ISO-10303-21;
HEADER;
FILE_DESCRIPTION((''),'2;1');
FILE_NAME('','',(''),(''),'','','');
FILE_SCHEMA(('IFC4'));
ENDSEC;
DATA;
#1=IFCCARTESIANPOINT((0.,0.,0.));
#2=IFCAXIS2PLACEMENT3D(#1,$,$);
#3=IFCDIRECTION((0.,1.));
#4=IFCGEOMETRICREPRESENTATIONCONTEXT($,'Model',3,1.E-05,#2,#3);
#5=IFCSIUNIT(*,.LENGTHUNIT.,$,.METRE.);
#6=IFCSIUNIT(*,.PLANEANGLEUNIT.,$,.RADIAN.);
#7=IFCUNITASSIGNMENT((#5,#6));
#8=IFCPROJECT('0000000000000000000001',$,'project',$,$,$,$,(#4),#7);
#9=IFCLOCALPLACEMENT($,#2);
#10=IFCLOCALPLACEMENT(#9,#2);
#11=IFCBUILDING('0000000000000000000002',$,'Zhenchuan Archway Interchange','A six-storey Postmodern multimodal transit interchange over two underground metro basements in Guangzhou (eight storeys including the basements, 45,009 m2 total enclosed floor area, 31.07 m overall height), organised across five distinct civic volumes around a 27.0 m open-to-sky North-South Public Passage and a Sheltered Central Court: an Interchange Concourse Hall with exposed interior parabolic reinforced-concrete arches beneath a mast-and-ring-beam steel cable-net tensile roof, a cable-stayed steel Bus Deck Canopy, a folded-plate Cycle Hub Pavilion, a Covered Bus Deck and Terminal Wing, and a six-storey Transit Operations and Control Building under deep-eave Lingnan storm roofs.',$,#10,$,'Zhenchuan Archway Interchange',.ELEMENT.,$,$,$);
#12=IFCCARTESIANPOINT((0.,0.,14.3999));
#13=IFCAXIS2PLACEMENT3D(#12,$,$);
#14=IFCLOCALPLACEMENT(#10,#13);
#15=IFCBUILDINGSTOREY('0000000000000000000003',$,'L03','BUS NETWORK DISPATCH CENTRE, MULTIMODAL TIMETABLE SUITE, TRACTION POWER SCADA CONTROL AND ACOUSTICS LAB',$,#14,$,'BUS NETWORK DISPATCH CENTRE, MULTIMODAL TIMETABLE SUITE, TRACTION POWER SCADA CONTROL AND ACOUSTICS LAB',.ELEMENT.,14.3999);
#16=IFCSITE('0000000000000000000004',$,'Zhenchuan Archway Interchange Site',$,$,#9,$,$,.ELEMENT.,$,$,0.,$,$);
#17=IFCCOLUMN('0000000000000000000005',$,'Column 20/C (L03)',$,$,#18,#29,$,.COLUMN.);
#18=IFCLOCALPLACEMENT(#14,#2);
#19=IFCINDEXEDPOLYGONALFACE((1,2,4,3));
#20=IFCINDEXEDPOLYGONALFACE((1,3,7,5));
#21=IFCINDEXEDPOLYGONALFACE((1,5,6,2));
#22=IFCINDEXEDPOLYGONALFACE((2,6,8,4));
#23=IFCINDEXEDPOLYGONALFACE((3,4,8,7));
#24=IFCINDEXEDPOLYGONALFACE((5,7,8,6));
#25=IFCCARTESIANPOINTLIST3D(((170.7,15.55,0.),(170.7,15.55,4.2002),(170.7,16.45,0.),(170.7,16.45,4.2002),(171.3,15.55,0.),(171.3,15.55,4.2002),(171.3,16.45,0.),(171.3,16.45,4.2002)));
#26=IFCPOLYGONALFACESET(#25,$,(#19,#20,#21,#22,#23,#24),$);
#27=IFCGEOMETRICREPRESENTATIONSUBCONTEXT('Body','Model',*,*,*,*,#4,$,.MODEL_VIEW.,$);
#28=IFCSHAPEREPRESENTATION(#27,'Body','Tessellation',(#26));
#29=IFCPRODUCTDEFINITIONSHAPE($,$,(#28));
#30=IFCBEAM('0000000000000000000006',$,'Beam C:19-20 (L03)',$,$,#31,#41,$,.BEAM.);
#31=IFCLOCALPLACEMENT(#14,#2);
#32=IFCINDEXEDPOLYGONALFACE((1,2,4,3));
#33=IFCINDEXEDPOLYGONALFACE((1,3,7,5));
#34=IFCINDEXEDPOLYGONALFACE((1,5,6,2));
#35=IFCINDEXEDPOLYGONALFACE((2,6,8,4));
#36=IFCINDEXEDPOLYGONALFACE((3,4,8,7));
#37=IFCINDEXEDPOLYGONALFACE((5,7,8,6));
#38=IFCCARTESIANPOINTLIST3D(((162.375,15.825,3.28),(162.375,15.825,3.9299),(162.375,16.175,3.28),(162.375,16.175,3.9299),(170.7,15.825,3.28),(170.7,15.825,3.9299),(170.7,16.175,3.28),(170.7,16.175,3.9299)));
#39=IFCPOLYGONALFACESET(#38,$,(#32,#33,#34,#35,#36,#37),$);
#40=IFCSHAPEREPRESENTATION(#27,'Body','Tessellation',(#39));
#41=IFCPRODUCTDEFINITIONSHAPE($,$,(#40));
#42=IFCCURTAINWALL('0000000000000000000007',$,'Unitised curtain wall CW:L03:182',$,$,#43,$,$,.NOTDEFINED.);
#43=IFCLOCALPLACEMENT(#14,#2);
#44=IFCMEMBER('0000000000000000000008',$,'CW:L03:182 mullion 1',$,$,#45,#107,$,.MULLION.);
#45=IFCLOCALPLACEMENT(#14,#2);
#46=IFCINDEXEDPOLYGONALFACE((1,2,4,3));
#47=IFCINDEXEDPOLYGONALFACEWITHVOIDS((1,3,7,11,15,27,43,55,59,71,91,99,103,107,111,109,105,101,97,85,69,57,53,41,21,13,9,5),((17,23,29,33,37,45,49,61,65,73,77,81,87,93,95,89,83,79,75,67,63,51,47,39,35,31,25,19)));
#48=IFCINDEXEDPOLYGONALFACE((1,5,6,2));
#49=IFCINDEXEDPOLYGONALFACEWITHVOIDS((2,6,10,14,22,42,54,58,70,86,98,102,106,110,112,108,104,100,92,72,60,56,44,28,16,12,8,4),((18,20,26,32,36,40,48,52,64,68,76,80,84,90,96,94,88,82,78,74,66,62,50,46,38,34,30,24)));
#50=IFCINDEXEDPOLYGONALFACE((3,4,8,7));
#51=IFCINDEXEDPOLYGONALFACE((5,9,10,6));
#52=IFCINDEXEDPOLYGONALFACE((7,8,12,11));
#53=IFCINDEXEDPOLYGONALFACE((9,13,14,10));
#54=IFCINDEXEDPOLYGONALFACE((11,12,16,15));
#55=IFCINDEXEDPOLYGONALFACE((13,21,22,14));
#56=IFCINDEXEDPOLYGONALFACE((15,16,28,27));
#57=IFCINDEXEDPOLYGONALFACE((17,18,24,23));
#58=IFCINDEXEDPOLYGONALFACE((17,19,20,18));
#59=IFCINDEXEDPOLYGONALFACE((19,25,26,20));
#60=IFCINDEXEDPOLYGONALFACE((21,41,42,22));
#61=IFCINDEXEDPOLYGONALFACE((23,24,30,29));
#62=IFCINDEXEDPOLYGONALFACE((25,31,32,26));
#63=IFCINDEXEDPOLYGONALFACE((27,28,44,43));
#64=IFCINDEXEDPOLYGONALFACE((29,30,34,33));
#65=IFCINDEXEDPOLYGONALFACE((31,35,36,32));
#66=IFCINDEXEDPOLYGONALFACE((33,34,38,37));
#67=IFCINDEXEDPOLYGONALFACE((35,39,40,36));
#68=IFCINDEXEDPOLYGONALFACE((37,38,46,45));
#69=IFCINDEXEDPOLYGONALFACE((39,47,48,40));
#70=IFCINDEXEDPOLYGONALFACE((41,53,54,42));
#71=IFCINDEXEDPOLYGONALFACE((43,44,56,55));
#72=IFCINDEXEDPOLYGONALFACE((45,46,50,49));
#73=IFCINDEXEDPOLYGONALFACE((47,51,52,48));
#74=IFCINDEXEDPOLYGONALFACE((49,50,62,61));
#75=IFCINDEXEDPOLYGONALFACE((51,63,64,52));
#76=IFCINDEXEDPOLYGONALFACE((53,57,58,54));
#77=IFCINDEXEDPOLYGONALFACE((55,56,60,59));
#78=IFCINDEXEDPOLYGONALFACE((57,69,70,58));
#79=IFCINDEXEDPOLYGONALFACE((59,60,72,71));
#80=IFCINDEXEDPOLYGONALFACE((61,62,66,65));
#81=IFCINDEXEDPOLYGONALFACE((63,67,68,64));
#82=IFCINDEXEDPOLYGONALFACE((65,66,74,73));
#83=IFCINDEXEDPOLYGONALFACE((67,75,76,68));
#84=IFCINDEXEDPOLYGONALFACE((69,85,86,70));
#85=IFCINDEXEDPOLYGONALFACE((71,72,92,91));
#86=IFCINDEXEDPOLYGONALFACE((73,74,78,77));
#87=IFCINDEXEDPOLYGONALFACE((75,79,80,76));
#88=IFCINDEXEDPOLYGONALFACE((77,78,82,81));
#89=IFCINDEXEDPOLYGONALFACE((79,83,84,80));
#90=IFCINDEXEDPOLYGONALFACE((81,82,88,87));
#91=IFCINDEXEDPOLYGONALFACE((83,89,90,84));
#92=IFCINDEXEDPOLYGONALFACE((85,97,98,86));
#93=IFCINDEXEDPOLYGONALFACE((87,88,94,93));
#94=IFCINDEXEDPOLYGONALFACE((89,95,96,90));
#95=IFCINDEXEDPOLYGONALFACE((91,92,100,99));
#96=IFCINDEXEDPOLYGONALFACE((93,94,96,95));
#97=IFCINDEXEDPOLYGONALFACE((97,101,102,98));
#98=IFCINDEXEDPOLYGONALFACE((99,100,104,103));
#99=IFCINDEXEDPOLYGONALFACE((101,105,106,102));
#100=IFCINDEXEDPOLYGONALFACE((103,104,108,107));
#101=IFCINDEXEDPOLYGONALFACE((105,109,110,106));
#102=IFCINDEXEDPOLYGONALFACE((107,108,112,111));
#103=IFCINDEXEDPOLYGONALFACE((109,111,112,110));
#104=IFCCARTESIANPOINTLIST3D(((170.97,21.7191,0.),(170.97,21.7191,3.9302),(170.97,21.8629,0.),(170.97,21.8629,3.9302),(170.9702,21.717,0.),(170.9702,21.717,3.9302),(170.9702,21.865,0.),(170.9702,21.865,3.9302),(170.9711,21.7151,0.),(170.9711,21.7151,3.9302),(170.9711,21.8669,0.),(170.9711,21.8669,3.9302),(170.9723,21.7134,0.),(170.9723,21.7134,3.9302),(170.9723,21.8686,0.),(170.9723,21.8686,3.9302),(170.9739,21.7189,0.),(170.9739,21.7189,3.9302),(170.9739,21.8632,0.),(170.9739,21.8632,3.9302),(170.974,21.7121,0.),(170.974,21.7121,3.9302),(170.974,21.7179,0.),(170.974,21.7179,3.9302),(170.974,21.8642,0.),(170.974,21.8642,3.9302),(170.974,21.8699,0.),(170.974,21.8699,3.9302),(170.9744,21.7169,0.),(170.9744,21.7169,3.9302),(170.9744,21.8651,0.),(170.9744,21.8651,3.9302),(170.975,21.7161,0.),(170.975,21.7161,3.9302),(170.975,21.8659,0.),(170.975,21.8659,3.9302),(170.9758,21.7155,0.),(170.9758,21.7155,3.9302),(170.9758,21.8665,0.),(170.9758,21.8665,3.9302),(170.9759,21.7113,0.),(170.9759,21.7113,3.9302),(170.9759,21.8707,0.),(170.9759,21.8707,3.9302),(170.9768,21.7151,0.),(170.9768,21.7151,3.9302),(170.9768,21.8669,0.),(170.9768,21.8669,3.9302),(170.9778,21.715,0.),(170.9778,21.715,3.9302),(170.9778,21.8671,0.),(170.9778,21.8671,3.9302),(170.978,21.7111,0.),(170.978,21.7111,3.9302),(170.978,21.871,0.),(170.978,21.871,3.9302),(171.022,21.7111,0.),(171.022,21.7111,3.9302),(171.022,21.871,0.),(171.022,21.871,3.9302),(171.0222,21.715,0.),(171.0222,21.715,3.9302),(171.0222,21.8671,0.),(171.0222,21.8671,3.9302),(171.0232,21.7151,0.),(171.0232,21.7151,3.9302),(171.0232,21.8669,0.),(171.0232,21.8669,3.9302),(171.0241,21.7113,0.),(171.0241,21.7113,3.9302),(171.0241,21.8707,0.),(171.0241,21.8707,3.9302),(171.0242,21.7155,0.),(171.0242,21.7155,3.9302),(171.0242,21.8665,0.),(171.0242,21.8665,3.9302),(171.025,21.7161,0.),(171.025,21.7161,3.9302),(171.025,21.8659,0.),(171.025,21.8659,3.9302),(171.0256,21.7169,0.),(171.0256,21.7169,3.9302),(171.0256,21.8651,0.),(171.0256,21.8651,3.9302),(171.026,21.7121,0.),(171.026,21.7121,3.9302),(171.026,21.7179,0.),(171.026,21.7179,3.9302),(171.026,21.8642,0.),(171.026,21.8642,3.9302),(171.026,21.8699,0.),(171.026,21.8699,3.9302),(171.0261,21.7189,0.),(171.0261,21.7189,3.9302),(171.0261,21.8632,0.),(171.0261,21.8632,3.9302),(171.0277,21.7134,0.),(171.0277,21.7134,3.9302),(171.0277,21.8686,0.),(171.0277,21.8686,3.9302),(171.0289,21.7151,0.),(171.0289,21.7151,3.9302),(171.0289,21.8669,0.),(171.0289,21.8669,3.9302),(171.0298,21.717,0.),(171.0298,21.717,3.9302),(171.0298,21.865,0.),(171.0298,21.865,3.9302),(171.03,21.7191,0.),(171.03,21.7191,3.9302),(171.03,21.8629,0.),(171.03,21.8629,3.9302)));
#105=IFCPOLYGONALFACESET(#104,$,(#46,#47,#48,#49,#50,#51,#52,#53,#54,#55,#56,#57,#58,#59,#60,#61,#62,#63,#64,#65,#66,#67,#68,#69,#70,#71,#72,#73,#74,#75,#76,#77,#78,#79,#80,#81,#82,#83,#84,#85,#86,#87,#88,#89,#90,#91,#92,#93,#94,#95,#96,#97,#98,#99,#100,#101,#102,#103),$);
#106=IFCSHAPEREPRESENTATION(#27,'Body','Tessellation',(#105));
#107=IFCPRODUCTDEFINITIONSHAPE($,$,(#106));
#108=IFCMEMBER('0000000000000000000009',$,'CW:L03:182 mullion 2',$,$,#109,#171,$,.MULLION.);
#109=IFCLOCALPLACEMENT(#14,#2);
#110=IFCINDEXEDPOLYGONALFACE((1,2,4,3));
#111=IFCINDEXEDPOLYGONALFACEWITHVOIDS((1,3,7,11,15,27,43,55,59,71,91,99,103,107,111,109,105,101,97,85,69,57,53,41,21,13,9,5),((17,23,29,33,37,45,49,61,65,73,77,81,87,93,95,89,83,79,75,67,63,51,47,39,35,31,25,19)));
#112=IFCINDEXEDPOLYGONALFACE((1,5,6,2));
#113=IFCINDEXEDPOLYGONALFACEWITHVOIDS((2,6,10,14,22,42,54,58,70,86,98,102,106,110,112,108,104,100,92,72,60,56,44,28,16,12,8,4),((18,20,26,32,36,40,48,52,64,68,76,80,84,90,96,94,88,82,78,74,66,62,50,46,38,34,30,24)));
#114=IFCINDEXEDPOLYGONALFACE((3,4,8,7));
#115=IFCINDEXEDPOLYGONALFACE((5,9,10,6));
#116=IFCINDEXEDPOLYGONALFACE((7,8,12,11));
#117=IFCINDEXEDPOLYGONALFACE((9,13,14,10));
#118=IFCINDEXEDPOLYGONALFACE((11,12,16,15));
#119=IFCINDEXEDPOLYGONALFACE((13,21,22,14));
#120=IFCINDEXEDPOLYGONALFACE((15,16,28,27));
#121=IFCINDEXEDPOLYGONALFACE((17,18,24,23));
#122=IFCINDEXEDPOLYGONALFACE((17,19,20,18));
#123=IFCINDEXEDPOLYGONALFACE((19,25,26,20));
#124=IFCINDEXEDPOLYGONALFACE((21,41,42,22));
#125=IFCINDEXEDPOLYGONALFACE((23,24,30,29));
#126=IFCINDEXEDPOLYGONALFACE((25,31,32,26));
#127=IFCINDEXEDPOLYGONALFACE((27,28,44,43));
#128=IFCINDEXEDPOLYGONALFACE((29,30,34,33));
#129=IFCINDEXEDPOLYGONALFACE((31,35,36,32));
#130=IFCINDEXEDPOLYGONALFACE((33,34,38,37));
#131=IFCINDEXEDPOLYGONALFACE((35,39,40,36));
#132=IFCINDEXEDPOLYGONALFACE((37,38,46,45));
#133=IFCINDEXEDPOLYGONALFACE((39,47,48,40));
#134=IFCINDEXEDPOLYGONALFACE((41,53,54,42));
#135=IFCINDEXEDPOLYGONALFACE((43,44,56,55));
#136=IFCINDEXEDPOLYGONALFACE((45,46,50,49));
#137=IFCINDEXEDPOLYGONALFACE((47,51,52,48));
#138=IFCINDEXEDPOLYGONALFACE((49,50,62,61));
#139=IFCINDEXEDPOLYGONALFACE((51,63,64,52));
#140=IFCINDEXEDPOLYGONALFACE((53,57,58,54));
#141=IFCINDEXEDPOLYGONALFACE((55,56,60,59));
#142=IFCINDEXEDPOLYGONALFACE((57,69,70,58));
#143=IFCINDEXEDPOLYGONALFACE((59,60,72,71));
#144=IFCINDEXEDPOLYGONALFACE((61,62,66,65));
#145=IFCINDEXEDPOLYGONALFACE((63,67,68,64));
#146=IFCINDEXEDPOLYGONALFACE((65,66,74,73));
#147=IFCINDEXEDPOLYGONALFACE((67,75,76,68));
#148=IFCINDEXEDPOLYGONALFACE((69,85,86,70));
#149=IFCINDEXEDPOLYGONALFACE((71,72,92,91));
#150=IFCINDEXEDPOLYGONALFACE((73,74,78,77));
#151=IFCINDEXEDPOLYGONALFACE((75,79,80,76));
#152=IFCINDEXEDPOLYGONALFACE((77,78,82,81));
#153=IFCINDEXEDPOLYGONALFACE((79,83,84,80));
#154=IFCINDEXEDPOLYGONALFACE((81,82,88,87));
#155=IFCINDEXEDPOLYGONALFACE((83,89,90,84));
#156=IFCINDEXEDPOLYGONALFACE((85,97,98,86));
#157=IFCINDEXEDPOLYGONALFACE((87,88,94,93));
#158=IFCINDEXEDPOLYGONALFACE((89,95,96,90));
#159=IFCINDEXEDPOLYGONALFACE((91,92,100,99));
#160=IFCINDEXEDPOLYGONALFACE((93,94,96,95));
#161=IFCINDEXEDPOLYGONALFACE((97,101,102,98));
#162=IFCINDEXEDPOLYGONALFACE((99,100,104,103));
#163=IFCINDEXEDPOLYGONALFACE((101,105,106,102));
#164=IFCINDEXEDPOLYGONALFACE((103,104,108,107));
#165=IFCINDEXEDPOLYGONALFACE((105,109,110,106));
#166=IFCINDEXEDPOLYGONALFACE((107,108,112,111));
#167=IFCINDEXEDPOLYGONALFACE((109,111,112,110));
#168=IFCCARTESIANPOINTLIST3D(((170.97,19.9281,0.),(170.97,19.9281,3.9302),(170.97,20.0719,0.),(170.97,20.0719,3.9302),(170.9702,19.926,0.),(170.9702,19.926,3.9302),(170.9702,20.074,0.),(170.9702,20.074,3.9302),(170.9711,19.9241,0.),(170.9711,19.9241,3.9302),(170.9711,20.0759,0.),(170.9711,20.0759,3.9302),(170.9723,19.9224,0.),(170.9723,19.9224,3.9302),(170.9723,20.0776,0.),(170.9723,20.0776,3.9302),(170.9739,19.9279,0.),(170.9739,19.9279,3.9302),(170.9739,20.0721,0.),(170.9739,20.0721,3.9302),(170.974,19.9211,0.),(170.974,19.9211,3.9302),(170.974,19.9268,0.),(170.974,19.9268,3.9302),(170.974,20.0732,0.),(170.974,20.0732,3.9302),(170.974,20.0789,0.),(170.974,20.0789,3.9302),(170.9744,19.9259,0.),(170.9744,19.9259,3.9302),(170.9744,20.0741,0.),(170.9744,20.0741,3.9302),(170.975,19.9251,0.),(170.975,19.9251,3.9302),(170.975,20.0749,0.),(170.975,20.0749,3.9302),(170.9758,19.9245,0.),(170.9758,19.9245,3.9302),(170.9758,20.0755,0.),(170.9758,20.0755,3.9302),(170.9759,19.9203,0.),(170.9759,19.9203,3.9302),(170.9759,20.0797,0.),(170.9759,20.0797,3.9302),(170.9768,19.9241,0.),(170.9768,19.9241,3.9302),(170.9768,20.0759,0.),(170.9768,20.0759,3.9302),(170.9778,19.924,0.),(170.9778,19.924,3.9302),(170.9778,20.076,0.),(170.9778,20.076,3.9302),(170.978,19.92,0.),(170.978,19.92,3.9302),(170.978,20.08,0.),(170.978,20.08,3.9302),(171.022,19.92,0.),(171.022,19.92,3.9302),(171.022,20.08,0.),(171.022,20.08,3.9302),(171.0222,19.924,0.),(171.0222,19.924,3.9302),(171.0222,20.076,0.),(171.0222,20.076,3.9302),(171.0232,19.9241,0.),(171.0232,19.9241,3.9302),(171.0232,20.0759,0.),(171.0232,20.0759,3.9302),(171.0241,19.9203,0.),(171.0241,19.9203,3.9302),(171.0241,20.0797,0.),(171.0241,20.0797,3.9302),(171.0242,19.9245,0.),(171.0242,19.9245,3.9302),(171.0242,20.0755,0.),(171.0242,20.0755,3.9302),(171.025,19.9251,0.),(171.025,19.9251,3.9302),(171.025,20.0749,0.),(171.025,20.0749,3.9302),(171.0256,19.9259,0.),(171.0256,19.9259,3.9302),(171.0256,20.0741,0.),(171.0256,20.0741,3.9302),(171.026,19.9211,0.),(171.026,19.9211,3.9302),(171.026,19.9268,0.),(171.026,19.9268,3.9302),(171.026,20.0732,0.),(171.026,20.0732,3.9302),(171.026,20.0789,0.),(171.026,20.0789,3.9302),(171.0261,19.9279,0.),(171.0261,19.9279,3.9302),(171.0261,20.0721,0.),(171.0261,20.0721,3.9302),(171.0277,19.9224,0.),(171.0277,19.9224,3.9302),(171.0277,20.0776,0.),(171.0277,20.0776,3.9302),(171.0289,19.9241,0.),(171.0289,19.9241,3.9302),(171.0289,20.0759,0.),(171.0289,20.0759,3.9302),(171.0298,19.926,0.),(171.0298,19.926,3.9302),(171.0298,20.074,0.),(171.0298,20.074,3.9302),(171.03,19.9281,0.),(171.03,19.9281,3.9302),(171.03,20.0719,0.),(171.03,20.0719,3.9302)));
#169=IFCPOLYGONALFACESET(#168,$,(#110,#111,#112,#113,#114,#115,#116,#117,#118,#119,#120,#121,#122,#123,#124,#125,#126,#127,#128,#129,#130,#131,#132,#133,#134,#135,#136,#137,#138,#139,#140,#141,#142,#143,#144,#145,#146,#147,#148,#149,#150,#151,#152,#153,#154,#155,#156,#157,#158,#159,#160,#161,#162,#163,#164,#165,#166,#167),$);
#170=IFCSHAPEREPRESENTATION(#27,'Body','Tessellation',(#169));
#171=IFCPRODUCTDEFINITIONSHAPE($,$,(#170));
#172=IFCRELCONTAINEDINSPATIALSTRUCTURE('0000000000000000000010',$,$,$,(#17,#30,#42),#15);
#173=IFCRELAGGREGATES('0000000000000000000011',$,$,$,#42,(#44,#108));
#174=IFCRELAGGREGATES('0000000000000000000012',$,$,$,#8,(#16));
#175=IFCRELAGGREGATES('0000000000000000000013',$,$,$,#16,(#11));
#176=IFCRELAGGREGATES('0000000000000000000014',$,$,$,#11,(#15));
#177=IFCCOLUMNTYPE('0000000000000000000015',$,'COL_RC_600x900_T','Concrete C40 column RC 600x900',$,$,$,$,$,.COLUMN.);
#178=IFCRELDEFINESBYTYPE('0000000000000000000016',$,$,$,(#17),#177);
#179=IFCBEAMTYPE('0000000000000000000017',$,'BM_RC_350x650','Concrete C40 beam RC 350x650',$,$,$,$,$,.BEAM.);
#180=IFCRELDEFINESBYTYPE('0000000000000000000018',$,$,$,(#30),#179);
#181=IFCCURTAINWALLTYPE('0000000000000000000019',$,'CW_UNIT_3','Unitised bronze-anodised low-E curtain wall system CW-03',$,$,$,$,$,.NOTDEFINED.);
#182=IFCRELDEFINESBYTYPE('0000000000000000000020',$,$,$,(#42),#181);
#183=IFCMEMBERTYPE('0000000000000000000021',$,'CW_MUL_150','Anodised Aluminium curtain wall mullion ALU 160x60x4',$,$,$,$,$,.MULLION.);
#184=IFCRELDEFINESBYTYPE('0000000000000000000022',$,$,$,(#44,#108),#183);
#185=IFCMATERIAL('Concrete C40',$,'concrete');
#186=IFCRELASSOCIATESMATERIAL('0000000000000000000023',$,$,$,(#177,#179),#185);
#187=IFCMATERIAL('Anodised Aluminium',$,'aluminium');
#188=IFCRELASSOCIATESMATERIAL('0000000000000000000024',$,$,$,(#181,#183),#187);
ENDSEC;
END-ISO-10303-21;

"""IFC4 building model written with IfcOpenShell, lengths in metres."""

from ifc_helpers import new_model, si_unit, direction, frame, origin, origin_2d, place, context, subcontext, project, spatial, rectangle, hollow_rectangle, extrude, material, material_profile, profile_set, type_object, element, aggregate, save


model = new_model("IFC4")

# Units and contexts
model_context = context("Model", 3, precision=1e-05, world=origin(), true_north=direction((0.0, 1.0)))
body_context = subcontext(model_context, "Body", "Model", "MODEL_VIEW")
ifc_project = project(units=[si_unit("LENGTHUNIT", "METRE"), si_unit("PLANEANGLEUNIT", "RADIAN")], contexts=[model_context])

# Site, building, storey
site_placement = place(None, origin())
site = spatial("IfcSite", under=ifc_project, at=site_placement, Name="Zhenchuan Archway Interchange Site", CompositionType="ELEMENT", RefElevation=0.0)
building_placement = place(site_placement, origin())
building = spatial("IfcBuilding", under=site, at=building_placement, Name="Zhenchuan Archway Interchange", Description="A six-storey Postmodern multimodal transit interchange over two underground metro basements in Guangzhou (eight storeys including the basements, 45,009 m2 total enclosed floor area, 31.07 m overall height), organised across five distinct civic volumes around a 27.0 m open-to-sky North-South Public Passage and a Sheltered Central Court: an Interchange Concourse Hall with exposed interior parabolic reinforced-concrete arches beneath a mast-and-ring-beam steel cable-net tensile roof, a cable-stayed steel Bus Deck Canopy, a folded-plate Cycle Hub Pavilion, a Covered Bus Deck and Terminal Wing, and a six-storey Transit Operations and Control Building under deep-eave Lingnan storm roofs.", LongName="Zhenchuan Archway Interchange", CompositionType="ELEMENT")
storey_placement = place(building_placement, frame((0.0, 0.0, 14.3999)))
storey = spatial("IfcBuildingStorey", under=building, at=storey_placement, Name="L03", Description="BUS NETWORK DISPATCH CENTRE, MULTIMODAL TIMETABLE SUITE, TRACTION POWER SCADA CONTROL AND ACOUSTICS LAB", LongName="BUS NETWORK DISPATCH CENTRE, MULTIMODAL TIMETABLE SUITE, TRACTION POWER SCADA CONTROL AND ACOUSTICS LAB", CompositionType="ELEMENT", Elevation=14.3999)

# Column
ifc_material_1 = material(Name="Concrete C40", Category="concrete")
ifc_material_profile_1 = material_profile(ifc_material_1, rectangle(XDim=0.6001, YDim=0.8999, at=origin_2d()), Name="RC 600x900")
ifc_profile_set_1 = profile_set([ifc_material_profile_1], Name="Concrete C40")
column_type = type_object("IfcColumnType", Name="COL_RC_600x900_T", Description="Concrete C40 column RC 600x900", PredefinedType="COLUMN", material=ifc_profile_set_1)
column_placement = place(storey_placement, frame((171.0, 16.0, 0.0), z_axis=(0.0, 0.0, 1.0), x_axis=(1.0, 0.0, 0.0)))
element("IfcColumn", 1, at=column_placement, inside=storey, type_object=column_type, Name="Column 20/C (L03)", PredefinedType="COLUMN", context=body_context, shape_type="SweptSolid", body=[
    extrude(rectangle(XDim=0.6001, YDim=0.8999, at=origin_2d()), origin(), (0.0, 0.0, 1.0), 4.2002),
])

# Beam
ifc_material_profile_2 = material_profile(ifc_material_1, rectangle(XDim=0.3501, YDim=0.6499, at=origin_2d()), Name="RC 350x650")
ifc_profile_set_2 = profile_set([ifc_material_profile_2], Name="Concrete C40")
beam_type_1 = type_object("IfcBeamType", Name="BM_RC_350x650", Description="Concrete C40 beam RC 350x650", PredefinedType="BEAM", material=ifc_profile_set_2)
beam_1_placement = place(storey_placement, frame((162.375, 16.0, 3.605), z_axis=(1.0, 0.0, 0.0), x_axis=(0.0, 1.0, 0.0)))
element("IfcBeam", 2, at=beam_1_placement, inside=storey, type_object=beam_type_1, Name="Beam C:19-20 (L03)", PredefinedType="BEAM", context=body_context, shape_type="SweptSolid", body=[
    extrude(rectangle(XDim=0.3501, YDim=0.6499, at=origin_2d()), origin(), (0.0, 0.0, 1.0), 8.325),
])

# Curtain wall, members
ifc_material_2 = material(Name="Anodised Aluminium", Category="aluminium")
curtain_wall_type = type_object("IfcCurtainWallType", Name="CW_UNIT_3", Description="Unitised bronze-anodised low-E curtain wall system CW-03", PredefinedType="NOTDEFINED", material=ifc_material_2)
curtain_wall_placement = place(storey_placement, origin())
curtain_wall = element("IfcCurtainWall", 3, at=curtain_wall_placement, inside=storey, type_object=curtain_wall_type, Name="Unitised curtain wall CW:L03:182", PredefinedType="NOTDEFINED")
ifc_material_profile_3 = material_profile(ifc_material_2, hollow_rectangle(XDim=0.0601, YDim=0.1599, WallThickness=0.0039, InnerFilletRadius=0.0039, OuterFilletRadius=0.0081, at=origin_2d()), Name="ALU 160x60x4")
ifc_profile_set_3 = profile_set([ifc_material_profile_3], Name="Anodised Aluminium")
member_type_1 = type_object("IfcMemberType", Name="CW_MUL_150", Description="Anodised Aluminium curtain wall mullion ALU 160x60x4", PredefinedType="MULLION", material=ifc_profile_set_3)
member_1_placement = place(storey_placement, frame((171.0, 21.791, 0.0), z_axis=(0.0, 0.0, 1.0), x_axis=(1.0, 0.0, 0.0)))
member_1 = element("IfcMember", 4, at=member_1_placement, type_object=member_type_1, Name="CW:L03:182 mullion 1", PredefinedType="MULLION", context=body_context, shape_type="SweptSolid", body=[
    extrude(hollow_rectangle(XDim=0.0601, YDim=0.1599, WallThickness=0.0039, InnerFilletRadius=0.0039, OuterFilletRadius=0.0081, at=origin_2d()), origin(), (0.0, 0.0, 1.0), 3.9302),
])
member_2_placement = place(storey_placement, frame((171.0, 20.0, 0.0), z_axis=(0.0, 0.0, 1.0), x_axis=(1.0, 0.0, 0.0)))
member_2 = element("IfcMember", 5, at=member_2_placement, type_object=member_type_1, Name="CW:L03:182 mullion 2", PredefinedType="MULLION", context=body_context, shape_type="SweptSolid", body=[
    extrude(hollow_rectangle(XDim=0.0601, YDim=0.1599, WallThickness=0.0039, InnerFilletRadius=0.0039, OuterFilletRadius=0.0081, at=origin_2d()), origin(), (0.0, 0.0, 1.0), 3.9302),
])

aggregate(curtain_wall, [member_1, member_2])

save(model, "model.ifc")
